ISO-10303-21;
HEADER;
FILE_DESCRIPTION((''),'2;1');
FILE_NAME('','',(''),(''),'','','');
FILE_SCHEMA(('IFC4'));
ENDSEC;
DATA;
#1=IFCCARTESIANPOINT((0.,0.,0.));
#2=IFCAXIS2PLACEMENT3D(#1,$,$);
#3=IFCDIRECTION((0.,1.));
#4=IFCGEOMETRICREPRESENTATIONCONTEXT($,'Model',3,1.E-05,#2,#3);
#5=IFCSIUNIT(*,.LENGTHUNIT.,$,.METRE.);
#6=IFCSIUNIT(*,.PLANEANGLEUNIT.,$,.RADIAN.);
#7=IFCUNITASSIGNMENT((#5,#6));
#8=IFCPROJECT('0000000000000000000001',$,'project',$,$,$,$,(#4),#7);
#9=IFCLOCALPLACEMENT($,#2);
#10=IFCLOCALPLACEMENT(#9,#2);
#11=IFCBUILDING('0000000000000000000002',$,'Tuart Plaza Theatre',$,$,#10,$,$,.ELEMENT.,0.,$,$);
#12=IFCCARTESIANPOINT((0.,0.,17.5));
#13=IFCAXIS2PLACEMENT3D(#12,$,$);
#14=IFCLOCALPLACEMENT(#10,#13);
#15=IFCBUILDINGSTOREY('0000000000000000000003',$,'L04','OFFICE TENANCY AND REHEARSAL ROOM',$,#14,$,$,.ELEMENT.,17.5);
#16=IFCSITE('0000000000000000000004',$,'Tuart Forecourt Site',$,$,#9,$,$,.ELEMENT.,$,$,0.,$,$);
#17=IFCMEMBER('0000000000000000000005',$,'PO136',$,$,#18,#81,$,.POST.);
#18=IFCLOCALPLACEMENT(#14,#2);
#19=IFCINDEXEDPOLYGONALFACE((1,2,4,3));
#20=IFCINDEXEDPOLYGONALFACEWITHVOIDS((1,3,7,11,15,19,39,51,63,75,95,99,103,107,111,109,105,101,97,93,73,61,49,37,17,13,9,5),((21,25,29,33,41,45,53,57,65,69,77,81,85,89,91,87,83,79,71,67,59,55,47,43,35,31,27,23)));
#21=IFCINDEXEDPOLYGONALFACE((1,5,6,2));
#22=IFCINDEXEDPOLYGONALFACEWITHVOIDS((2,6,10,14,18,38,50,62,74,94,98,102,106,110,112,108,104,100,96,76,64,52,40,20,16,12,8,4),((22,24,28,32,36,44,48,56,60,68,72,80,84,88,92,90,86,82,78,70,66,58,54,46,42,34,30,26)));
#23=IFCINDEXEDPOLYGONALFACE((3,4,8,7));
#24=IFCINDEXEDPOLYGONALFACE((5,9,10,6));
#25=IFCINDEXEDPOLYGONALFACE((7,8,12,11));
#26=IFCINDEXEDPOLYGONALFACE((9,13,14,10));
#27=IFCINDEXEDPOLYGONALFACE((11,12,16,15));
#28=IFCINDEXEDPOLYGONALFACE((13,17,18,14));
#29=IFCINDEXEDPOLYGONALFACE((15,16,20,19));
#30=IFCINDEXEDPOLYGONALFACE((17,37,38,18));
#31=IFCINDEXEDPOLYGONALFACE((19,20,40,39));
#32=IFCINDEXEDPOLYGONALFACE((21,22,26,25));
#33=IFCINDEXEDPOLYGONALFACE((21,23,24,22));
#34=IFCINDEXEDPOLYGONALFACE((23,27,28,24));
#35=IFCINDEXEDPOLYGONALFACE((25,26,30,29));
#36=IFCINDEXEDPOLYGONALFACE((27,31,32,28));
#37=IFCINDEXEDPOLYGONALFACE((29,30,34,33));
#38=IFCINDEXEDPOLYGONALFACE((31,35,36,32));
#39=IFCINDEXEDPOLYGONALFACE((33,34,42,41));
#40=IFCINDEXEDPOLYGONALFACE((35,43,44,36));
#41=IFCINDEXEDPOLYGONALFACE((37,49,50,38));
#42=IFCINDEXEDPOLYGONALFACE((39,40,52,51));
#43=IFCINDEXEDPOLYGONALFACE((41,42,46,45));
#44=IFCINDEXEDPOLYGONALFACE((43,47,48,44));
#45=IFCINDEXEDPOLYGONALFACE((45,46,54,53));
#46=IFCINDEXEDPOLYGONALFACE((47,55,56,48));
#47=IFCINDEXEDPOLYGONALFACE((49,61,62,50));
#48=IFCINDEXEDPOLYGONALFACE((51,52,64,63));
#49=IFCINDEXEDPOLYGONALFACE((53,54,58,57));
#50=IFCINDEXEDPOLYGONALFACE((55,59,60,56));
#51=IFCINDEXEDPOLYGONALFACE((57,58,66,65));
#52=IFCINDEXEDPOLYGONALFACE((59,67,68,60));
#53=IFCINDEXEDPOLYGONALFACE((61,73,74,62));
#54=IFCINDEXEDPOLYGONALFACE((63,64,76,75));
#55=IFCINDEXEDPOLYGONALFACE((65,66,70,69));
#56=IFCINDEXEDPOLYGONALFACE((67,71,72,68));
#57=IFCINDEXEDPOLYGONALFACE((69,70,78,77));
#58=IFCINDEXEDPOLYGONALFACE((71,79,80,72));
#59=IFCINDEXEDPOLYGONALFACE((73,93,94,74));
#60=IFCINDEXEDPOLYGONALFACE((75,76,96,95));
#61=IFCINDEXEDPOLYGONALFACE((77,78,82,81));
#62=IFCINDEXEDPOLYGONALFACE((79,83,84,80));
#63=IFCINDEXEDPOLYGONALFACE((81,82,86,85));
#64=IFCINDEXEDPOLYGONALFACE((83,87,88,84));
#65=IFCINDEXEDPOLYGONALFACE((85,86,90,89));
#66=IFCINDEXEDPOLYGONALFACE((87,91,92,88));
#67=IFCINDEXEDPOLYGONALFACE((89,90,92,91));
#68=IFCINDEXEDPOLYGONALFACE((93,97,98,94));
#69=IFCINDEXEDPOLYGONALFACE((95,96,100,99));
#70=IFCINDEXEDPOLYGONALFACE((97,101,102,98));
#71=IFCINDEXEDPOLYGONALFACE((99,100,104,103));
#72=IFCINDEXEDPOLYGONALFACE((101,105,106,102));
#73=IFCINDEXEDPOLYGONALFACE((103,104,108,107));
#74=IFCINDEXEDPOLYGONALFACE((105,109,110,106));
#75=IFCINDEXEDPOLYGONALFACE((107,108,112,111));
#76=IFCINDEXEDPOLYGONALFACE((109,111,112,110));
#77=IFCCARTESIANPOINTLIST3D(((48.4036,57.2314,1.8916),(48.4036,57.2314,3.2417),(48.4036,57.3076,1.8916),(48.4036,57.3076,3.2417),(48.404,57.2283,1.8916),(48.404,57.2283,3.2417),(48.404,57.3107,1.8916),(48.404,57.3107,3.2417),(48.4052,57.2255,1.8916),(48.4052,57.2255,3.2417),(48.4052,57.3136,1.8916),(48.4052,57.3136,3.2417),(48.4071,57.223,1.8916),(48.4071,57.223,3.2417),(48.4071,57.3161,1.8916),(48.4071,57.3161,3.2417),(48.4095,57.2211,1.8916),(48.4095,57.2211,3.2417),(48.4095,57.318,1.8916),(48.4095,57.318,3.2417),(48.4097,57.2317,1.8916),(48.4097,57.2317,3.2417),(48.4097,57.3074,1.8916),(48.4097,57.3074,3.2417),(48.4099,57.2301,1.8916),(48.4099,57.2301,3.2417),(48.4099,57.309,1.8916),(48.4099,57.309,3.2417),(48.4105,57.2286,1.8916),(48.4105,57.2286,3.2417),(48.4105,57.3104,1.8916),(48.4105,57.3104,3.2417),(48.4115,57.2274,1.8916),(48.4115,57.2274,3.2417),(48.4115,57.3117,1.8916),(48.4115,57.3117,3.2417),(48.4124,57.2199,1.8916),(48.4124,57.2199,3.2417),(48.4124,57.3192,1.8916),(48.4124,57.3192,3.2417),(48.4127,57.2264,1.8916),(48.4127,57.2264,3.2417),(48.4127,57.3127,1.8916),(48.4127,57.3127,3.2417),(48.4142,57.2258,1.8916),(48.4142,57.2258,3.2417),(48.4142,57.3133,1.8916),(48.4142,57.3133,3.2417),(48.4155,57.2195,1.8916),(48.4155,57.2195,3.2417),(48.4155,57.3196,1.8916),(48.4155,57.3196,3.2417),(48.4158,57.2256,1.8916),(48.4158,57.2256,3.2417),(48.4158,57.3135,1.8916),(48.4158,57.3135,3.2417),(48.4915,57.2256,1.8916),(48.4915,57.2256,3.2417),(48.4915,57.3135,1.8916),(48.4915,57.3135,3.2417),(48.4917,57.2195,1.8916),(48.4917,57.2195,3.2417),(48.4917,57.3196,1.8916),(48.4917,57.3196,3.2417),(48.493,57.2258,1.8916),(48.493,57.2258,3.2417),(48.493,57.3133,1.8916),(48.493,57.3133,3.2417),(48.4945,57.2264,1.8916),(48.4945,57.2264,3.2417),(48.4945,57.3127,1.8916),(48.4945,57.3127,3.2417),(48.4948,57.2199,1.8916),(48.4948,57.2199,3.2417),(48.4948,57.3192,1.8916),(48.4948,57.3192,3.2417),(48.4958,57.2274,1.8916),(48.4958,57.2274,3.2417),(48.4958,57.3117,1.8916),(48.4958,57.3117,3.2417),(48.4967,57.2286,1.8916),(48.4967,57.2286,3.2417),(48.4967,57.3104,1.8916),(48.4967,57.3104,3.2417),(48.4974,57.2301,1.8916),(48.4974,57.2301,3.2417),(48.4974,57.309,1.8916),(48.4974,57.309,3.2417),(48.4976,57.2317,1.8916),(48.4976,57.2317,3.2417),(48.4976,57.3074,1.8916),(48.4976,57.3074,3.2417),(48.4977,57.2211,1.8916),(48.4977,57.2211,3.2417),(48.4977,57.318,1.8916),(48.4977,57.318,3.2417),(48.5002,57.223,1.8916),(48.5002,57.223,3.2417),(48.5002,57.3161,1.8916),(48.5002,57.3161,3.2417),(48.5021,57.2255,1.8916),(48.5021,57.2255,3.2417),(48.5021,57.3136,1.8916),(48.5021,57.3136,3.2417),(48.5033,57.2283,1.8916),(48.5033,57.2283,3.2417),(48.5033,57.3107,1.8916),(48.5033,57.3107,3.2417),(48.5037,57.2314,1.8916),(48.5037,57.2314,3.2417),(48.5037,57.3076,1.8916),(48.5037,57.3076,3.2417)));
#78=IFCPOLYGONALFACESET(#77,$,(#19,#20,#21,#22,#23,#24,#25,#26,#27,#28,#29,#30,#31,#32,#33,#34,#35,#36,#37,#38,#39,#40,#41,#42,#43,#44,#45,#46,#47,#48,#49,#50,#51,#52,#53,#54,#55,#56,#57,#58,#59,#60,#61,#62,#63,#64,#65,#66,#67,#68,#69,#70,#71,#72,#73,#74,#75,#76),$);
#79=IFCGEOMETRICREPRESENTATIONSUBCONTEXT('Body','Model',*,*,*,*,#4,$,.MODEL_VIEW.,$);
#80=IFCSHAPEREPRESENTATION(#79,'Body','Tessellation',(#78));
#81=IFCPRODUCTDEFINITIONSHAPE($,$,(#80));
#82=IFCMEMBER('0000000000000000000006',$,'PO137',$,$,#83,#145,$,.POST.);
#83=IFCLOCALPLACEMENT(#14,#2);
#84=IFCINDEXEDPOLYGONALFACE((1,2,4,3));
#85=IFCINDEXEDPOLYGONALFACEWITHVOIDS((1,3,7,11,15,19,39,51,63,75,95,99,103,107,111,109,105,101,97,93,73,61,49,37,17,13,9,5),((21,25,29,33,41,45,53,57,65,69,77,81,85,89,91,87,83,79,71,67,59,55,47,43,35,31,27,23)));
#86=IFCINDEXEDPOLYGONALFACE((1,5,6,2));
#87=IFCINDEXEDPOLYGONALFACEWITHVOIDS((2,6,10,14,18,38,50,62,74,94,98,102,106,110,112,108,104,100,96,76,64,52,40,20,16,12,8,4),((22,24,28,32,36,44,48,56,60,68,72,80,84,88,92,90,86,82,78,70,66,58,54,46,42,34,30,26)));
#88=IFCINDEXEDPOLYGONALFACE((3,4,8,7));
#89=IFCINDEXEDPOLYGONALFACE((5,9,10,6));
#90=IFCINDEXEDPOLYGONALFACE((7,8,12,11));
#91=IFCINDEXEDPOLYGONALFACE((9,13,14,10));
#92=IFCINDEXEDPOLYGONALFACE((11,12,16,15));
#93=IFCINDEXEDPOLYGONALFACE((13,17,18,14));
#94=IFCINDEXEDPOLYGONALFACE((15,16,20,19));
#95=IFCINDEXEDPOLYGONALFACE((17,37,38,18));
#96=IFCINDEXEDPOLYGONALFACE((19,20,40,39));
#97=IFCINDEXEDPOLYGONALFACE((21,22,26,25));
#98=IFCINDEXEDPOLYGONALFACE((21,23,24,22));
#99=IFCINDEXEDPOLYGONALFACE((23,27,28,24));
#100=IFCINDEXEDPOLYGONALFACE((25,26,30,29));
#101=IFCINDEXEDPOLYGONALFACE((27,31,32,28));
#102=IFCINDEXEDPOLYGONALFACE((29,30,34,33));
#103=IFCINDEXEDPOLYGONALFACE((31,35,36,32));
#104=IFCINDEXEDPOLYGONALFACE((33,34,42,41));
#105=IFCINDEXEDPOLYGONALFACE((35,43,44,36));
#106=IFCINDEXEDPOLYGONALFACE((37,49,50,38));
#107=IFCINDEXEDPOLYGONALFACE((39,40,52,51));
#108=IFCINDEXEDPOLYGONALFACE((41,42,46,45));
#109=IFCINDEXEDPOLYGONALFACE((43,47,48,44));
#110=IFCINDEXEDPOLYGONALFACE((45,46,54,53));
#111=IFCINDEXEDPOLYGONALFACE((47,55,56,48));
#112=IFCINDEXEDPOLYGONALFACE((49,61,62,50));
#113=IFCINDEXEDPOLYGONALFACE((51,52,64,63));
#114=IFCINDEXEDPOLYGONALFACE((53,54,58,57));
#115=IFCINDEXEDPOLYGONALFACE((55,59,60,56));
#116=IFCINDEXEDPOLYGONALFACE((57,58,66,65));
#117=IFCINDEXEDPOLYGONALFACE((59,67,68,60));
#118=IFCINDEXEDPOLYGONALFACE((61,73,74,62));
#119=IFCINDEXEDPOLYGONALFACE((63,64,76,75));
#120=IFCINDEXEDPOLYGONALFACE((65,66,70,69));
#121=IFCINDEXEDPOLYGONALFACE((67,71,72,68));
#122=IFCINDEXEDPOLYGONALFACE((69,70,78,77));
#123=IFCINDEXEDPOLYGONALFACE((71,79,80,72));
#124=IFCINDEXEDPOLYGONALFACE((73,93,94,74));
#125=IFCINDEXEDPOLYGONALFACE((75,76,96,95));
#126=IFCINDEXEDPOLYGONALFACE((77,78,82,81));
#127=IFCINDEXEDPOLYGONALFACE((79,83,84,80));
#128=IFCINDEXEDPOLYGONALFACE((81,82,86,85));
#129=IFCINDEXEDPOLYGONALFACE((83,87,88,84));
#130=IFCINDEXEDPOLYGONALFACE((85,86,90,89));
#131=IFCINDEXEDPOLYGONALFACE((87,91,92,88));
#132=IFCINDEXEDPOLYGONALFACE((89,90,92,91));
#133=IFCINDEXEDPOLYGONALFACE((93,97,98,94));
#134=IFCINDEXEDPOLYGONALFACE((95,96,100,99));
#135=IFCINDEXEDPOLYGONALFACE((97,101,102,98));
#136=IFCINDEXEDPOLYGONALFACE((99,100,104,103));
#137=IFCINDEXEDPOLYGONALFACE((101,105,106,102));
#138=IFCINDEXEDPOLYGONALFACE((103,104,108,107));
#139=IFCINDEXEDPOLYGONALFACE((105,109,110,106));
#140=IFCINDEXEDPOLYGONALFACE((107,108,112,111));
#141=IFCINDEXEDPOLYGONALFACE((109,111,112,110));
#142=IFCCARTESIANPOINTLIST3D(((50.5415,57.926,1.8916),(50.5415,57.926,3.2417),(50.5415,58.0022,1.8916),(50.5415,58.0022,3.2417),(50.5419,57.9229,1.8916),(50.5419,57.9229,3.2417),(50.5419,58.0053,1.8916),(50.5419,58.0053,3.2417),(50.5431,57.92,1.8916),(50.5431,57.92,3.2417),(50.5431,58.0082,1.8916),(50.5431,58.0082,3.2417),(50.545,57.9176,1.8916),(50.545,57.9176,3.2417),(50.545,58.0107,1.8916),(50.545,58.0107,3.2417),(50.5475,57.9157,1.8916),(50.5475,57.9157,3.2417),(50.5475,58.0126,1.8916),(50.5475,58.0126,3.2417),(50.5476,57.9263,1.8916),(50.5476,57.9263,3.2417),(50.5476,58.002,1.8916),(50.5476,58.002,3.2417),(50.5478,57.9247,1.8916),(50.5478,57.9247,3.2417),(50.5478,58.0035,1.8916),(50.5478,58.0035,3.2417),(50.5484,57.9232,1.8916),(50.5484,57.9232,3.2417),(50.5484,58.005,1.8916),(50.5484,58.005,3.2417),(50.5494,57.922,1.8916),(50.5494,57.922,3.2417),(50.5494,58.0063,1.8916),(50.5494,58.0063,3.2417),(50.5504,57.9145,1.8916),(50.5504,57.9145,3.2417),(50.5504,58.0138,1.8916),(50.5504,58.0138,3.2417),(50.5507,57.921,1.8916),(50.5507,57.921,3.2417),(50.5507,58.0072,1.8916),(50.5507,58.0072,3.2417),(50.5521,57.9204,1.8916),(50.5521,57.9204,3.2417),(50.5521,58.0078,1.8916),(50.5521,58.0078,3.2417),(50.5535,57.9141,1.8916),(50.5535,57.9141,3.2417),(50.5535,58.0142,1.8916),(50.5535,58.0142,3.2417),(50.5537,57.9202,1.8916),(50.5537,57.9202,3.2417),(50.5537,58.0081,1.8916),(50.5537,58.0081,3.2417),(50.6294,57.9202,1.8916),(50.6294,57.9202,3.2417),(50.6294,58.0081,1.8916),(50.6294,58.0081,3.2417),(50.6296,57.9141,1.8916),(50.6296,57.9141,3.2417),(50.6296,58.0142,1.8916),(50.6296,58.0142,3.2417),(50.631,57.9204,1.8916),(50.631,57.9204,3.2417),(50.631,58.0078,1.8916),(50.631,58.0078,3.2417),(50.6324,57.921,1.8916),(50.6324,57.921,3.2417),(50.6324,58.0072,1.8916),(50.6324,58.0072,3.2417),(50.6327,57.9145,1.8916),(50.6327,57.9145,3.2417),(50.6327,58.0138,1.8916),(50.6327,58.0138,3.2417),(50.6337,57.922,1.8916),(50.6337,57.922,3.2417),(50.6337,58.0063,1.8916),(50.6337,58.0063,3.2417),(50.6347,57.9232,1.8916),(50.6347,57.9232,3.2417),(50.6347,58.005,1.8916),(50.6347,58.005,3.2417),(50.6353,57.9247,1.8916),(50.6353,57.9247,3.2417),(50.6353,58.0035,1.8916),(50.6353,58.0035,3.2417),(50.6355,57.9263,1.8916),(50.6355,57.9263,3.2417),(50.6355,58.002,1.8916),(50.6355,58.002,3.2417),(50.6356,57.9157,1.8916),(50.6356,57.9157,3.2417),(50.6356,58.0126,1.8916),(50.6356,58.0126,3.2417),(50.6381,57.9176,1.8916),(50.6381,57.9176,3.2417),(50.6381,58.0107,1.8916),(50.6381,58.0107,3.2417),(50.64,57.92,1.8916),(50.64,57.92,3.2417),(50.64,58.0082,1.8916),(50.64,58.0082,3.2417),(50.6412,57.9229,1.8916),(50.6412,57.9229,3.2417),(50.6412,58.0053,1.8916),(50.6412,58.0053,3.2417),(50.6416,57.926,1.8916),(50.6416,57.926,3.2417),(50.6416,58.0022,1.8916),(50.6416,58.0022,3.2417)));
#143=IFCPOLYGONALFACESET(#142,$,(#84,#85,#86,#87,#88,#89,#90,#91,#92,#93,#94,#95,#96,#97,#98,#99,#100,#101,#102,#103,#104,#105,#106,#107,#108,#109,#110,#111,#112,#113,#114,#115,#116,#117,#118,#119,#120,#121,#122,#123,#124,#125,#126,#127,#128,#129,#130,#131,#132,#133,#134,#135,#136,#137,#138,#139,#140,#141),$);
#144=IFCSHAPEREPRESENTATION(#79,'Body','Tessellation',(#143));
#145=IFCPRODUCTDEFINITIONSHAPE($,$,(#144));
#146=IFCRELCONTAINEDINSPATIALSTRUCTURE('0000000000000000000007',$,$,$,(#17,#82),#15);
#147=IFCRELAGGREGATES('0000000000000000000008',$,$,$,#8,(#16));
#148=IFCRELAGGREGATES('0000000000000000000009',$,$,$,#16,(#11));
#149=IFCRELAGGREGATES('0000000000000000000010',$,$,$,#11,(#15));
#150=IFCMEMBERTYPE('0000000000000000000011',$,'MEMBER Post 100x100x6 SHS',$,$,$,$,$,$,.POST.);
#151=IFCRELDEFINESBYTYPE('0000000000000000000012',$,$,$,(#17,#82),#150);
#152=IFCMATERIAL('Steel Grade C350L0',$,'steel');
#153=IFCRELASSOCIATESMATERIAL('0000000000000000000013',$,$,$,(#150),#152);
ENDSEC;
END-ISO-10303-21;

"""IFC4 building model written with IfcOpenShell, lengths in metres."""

from ifc_helpers import new_model, si_unit, direction, frame, origin, origin_2d, place, context, subcontext, project, spatial, hollow_rectangle, extrude, material, material_profile, profile_set, type_object, element, save


model = new_model("IFC4")

# Units and contexts
model_context = context("Model", 3, precision=1e-05, world=origin(), true_north=direction((0.0, 1.0)))
body_context = subcontext(model_context, "Body", "Model", "MODEL_VIEW")
ifc_project = project(units=[si_unit("LENGTHUNIT", "METRE"), si_unit("PLANEANGLEUNIT", "RADIAN")], contexts=[model_context])

# Site, building, storey
site_placement = place(None, origin())
site = spatial("IfcSite", under=ifc_project, at=site_placement, Name="Tuart Forecourt Site", CompositionType="ELEMENT", RefElevation=0.0)
building_placement = place(site_placement, origin())
building = spatial("IfcBuilding", under=site, at=building_placement, Name="Tuart Plaza Theatre", CompositionType="ELEMENT", ElevationOfRefHeight=0.0)
storey_placement = place(building_placement, frame((0.0, 0.0, 17.5)))
storey = spatial("IfcBuildingStorey", under=building, at=storey_placement, Name="L04", Description="OFFICE TENANCY AND REHEARSAL ROOM", CompositionType="ELEMENT", Elevation=17.5)

# Members
ifc_material_1 = material(Name="Steel Grade C350L0", Category="steel")
ifc_material_profile_1 = material_profile(ifc_material_1, hollow_rectangle(XDim=0.1001, YDim=0.1001, WallThickness=0.0061, InnerFilletRadius=0.0061, OuterFilletRadius=0.012, at=origin_2d()), Name="100x100x6 SHS")
ifc_profile_set_1 = profile_set([ifc_material_profile_1], Name="Steel Grade C350L0")
member_type_1 = type_object("IfcMemberType", Name="MEMBER Post 100x100x6 SHS", PredefinedType="POST", material=ifc_profile_set_1)
for number, where, z_axis, x_axis, name in (
    (1, (48.4536, 57.2695, 1.8916), (0.0, 0.0, 1.0), (1.0, 0.0, 0.0), "PO136"),
    (2, (50.5916, 57.9641, 1.8916), (0.0, 0.0, 1.0), (1.0, 0.0, 0.0), "PO137"),
):
    element("IfcMember", number, at=place(storey_placement, frame(where, z_axis=z_axis, x_axis=x_axis)), inside=storey, type_object=member_type_1, Name=name, PredefinedType="POST", context=body_context, shape_type="SweptSolid", body=[
        extrude(hollow_rectangle(XDim=0.1001, YDim=0.1001, WallThickness=0.0061, InnerFilletRadius=0.0061, OuterFilletRadius=0.012, at=origin_2d()), origin(), (0.0, 0.0, 1.0), 1.3501),
    ])

save(model, "model.ifc")
